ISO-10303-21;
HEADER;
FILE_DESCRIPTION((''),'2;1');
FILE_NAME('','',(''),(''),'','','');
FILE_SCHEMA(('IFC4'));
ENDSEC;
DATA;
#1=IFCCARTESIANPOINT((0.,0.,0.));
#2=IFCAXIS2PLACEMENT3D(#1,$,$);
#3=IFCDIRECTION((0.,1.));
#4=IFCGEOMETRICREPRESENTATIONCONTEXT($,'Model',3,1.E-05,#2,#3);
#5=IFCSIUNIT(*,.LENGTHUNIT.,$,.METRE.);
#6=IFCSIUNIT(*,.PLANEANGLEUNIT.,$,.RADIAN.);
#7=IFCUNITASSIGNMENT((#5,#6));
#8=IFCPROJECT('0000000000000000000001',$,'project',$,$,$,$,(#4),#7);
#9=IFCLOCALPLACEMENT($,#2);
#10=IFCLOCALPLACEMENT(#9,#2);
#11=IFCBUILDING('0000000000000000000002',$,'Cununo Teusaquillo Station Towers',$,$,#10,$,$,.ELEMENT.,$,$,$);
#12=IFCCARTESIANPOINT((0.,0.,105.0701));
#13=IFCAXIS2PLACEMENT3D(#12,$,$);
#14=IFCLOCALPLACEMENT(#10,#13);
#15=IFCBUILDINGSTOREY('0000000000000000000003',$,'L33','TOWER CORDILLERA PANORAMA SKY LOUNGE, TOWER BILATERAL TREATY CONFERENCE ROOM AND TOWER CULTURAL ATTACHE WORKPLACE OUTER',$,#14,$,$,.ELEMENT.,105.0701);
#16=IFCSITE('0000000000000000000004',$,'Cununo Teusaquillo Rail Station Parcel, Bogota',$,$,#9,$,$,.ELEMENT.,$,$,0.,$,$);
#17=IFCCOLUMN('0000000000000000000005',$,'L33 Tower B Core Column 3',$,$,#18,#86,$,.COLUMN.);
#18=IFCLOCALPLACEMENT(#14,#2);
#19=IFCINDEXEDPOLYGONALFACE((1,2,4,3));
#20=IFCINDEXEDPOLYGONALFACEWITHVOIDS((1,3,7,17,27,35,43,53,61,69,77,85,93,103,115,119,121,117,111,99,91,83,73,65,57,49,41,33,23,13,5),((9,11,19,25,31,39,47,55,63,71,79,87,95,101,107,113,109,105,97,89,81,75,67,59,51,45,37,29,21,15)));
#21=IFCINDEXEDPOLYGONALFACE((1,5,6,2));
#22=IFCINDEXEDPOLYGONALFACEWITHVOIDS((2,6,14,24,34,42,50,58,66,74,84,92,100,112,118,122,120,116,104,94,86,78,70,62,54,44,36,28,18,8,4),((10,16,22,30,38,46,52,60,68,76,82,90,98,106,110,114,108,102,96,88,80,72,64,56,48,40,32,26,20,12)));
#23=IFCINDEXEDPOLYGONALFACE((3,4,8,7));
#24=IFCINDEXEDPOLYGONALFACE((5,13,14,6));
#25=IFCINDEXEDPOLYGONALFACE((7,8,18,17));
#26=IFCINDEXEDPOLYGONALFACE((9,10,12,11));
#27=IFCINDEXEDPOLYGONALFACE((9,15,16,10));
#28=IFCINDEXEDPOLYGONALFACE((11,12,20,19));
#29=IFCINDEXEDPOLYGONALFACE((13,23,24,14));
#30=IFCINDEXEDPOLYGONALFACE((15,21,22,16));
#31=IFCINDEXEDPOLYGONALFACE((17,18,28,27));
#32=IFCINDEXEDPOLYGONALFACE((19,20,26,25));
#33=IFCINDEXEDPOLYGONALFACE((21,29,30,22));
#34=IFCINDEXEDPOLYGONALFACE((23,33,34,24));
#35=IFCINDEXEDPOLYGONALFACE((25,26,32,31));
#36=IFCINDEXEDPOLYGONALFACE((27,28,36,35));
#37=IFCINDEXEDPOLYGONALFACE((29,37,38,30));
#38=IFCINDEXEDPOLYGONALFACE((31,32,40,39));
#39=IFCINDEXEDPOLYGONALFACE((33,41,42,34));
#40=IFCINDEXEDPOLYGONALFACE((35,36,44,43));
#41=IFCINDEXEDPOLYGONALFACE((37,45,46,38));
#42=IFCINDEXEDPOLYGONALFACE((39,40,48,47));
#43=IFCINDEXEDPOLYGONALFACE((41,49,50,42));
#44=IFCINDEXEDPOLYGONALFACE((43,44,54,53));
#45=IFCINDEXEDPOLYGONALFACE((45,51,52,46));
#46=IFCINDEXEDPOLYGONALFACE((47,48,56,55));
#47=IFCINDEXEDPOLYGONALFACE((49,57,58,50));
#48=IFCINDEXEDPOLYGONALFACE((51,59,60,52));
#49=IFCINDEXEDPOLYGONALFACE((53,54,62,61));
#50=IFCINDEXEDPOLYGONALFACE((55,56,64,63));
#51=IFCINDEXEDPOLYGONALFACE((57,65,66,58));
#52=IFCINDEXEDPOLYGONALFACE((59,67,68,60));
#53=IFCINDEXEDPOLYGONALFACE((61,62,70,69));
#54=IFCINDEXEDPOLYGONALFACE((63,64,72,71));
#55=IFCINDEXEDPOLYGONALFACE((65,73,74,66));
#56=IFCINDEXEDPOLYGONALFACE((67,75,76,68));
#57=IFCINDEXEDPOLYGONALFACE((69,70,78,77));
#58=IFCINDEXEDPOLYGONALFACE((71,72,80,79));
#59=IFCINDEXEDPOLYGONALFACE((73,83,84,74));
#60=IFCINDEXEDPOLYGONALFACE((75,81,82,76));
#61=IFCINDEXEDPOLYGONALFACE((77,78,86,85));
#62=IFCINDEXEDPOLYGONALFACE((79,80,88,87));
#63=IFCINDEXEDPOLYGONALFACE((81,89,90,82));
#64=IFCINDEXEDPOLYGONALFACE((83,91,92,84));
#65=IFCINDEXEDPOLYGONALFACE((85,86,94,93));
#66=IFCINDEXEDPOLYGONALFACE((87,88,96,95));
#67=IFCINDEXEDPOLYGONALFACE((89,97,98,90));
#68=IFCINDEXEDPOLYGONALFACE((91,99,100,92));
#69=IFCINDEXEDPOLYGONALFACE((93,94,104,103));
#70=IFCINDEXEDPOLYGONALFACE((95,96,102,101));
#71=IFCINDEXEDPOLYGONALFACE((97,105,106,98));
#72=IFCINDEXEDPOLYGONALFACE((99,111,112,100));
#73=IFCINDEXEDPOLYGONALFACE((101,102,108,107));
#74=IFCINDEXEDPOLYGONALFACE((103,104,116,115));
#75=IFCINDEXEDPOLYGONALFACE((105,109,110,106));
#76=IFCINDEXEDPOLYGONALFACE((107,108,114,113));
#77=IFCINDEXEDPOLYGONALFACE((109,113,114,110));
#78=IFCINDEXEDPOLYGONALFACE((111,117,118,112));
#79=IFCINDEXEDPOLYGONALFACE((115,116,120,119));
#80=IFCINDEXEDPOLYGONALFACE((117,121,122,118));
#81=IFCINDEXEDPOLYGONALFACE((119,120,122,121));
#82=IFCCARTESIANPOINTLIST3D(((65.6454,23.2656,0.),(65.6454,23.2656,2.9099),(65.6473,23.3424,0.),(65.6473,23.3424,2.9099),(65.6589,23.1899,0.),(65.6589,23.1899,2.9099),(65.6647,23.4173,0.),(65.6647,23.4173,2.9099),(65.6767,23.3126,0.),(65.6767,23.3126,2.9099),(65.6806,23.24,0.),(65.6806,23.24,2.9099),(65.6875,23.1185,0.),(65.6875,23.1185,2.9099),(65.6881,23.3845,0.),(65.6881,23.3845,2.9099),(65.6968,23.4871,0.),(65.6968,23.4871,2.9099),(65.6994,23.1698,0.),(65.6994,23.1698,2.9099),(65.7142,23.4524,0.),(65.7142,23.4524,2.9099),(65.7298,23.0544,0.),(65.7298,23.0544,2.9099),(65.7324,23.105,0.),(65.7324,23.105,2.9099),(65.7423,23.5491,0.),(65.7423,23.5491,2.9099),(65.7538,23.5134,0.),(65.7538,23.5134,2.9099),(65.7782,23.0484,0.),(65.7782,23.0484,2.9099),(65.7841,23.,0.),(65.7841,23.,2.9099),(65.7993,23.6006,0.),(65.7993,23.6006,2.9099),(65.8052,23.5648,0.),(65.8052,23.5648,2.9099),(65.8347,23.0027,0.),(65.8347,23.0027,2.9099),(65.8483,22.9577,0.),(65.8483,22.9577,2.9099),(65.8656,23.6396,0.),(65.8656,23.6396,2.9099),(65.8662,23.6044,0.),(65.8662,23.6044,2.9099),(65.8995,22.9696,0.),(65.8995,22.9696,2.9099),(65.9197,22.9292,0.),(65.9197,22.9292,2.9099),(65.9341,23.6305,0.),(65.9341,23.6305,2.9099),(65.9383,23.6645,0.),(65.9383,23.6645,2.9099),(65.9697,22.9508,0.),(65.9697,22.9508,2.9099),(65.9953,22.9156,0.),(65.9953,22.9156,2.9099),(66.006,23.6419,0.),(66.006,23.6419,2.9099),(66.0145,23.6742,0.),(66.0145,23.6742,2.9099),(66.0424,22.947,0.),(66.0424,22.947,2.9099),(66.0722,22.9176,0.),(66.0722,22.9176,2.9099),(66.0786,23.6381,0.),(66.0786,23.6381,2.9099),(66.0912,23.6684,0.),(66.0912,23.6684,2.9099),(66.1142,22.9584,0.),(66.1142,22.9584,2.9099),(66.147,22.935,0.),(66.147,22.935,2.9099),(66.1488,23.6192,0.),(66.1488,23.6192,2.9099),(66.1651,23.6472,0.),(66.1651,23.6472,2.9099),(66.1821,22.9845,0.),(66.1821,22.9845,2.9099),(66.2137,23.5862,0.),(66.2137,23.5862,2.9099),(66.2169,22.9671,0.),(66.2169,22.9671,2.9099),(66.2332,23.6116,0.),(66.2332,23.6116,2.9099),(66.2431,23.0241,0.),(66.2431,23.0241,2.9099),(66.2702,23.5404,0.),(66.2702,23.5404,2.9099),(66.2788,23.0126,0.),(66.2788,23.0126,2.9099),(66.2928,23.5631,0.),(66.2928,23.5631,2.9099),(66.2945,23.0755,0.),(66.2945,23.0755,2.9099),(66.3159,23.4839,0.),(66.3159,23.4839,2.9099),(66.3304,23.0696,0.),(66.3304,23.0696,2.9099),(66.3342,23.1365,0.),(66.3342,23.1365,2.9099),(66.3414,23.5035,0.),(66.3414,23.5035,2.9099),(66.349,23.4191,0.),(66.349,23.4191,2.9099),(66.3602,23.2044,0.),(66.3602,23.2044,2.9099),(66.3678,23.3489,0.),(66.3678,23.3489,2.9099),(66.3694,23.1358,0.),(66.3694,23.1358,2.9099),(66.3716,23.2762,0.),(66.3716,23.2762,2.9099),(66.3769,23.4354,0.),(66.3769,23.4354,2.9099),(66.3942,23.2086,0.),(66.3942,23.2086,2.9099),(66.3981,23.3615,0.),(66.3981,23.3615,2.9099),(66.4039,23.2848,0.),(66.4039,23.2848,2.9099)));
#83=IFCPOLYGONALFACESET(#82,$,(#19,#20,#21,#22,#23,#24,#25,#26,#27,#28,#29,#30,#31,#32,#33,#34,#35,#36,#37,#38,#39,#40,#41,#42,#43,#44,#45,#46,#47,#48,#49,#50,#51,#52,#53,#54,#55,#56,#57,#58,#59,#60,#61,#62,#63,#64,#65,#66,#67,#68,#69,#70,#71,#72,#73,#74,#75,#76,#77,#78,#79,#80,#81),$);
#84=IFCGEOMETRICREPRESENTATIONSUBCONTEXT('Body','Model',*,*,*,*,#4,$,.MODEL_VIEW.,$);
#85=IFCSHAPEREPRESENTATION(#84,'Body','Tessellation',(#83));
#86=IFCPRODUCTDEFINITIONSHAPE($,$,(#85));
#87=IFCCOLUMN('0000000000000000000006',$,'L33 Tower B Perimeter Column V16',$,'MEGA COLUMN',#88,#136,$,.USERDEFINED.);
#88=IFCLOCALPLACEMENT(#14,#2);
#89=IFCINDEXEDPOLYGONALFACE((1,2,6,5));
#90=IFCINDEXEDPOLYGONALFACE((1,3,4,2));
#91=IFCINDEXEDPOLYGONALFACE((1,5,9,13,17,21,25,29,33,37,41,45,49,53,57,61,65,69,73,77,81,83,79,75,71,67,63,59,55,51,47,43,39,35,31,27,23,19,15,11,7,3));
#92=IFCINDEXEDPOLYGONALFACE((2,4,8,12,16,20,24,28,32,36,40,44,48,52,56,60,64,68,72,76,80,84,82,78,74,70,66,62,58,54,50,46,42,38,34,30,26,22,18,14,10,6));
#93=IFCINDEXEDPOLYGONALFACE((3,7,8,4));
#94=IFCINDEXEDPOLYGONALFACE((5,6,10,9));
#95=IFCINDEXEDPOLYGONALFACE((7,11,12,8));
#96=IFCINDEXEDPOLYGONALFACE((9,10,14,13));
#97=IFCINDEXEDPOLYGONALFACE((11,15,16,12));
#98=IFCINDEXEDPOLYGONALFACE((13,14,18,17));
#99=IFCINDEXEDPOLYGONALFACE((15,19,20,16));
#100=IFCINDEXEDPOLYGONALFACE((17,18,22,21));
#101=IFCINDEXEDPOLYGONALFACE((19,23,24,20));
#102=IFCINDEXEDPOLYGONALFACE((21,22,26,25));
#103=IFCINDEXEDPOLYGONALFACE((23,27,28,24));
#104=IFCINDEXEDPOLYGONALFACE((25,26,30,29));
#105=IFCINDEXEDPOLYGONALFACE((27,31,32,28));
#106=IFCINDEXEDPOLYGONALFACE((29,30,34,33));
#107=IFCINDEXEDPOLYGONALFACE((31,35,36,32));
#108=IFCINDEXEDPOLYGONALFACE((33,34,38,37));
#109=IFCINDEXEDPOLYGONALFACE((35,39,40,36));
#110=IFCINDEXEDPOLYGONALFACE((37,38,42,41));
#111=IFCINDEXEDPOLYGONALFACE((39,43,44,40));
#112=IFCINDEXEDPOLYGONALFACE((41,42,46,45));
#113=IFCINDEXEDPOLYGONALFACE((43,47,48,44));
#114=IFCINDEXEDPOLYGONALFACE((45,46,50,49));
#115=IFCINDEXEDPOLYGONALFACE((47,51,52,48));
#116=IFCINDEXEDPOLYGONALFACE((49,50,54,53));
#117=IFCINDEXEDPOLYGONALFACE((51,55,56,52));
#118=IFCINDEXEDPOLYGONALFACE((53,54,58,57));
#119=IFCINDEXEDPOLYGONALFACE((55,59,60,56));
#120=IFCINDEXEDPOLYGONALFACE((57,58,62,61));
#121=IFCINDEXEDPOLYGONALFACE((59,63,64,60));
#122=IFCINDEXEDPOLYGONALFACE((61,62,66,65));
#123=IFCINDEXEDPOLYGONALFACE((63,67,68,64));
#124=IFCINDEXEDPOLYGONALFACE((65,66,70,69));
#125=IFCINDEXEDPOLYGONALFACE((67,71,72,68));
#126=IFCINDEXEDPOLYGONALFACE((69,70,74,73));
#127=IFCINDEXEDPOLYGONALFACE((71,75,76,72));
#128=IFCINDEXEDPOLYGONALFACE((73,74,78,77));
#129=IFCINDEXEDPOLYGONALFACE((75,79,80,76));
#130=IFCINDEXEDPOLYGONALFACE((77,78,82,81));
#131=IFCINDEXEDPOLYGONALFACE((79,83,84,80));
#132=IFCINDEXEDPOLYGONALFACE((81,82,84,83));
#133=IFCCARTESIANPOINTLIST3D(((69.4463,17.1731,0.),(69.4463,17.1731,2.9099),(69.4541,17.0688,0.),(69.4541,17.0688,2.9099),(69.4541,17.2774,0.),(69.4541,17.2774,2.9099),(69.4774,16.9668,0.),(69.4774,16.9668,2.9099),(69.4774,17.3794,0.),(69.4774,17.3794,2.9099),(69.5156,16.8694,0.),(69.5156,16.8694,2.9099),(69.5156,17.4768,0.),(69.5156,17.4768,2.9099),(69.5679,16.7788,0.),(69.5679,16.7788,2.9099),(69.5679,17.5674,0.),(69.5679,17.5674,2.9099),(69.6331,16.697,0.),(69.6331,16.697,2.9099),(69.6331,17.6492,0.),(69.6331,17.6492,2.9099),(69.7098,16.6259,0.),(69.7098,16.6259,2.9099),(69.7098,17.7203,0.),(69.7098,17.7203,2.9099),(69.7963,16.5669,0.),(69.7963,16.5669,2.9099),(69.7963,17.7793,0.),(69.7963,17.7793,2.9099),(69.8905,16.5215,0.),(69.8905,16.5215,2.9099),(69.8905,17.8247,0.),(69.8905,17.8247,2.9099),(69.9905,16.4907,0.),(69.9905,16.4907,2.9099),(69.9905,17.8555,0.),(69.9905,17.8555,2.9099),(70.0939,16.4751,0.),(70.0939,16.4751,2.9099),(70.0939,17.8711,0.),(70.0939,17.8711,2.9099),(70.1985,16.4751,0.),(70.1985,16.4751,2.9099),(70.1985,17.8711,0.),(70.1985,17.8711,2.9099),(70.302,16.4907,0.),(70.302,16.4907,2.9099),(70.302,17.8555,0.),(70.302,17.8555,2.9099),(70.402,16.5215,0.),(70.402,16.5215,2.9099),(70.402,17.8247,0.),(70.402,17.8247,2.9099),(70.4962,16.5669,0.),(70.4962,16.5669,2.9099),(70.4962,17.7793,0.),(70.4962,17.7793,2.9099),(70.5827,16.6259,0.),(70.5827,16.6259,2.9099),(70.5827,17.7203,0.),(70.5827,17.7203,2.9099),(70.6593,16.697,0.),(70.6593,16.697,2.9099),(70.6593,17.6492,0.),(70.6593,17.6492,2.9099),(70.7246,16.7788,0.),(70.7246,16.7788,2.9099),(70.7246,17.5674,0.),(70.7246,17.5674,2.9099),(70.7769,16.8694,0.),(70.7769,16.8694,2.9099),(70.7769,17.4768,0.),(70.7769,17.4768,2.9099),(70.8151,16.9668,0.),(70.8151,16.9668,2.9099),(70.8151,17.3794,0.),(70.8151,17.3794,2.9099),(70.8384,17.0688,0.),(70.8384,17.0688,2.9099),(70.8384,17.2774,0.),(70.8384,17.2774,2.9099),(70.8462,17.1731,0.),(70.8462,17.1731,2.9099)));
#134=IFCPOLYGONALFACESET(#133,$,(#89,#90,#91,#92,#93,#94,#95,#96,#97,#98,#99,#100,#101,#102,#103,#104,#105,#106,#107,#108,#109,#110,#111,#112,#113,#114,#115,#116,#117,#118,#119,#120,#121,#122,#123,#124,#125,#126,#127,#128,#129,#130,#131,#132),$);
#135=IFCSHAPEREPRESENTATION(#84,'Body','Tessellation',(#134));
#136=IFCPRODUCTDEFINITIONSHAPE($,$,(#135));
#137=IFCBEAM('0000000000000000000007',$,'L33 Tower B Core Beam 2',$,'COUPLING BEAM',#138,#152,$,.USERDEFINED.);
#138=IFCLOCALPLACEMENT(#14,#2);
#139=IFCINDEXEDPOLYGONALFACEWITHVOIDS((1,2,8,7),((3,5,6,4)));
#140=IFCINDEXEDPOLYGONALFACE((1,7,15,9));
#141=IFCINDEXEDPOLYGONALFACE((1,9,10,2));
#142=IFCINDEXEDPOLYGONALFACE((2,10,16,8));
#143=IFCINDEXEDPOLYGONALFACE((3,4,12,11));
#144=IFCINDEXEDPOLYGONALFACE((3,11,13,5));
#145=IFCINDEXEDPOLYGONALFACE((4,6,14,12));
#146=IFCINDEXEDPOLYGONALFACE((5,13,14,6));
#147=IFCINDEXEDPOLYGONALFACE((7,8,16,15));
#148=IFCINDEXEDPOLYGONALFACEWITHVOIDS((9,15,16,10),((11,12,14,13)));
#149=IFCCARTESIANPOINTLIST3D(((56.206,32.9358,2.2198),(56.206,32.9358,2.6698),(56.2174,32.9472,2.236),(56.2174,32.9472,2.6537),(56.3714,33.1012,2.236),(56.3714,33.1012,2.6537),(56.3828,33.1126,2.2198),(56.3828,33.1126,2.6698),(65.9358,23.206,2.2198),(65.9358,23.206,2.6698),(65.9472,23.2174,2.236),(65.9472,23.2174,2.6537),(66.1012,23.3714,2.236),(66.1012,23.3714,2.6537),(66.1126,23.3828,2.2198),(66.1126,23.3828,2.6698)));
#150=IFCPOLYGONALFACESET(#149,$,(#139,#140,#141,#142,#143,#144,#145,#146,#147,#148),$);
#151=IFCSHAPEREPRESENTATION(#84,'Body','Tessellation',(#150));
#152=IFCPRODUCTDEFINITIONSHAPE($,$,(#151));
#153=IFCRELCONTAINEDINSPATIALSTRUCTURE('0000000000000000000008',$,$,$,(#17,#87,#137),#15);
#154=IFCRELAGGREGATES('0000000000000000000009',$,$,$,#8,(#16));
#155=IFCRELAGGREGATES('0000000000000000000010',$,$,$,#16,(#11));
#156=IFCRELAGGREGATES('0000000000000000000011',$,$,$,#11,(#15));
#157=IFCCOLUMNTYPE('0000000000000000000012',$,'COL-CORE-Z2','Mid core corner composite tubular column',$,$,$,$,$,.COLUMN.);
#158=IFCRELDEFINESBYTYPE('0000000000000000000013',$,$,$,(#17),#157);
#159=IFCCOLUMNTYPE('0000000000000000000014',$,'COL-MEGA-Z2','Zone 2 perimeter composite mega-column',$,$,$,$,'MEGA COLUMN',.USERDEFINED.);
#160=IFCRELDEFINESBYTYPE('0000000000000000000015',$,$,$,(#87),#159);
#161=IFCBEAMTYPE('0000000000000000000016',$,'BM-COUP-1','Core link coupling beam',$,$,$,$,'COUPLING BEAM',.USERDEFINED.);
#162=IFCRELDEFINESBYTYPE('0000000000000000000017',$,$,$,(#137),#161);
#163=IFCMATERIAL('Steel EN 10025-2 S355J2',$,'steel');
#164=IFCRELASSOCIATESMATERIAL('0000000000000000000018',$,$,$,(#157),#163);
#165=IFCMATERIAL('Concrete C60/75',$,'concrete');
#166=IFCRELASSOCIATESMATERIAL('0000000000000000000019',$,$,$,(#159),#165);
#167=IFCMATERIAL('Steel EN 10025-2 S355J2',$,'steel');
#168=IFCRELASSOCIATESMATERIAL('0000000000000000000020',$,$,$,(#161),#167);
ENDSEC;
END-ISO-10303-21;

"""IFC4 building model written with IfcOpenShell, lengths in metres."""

from ifc_helpers import new_model, si_unit, direction, frame, origin, origin_2d, place, context, subcontext, project, spatial, hollow_rectangle, circle, hollow_circle, extrude, material, material_profile, profile_set, type_object, element, save


model = new_model("IFC4")

# Units and contexts
model_context = context("Model", 3, precision=1e-05, world=origin(), true_north=direction((0.0, 1.0)))
body_context = subcontext(model_context, "Body", "Model", "MODEL_VIEW")
ifc_project = project(units=[si_unit("LENGTHUNIT", "METRE"), si_unit("PLANEANGLEUNIT", "RADIAN")], contexts=[model_context])

# Site, building, storey
site_placement = place(None, origin())
site = spatial("IfcSite", under=ifc_project, at=site_placement, Name="Cununo Teusaquillo Rail Station Parcel, Bogota", CompositionType="ELEMENT", RefElevation=0.0)
building_placement = place(site_placement, origin())
building = spatial("IfcBuilding", under=site, at=building_placement, Name="Cununo Teusaquillo Station Towers", CompositionType="ELEMENT")
storey_placement = place(building_placement, frame((0.0, 0.0, 105.0701)))
storey = spatial("IfcBuildingStorey", under=building, at=storey_placement, Name="L33", Description="TOWER CORDILLERA PANORAMA SKY LOUNGE, TOWER BILATERAL TREATY CONFERENCE ROOM AND TOWER CULTURAL ATTACHE WORKPLACE OUTER", CompositionType="ELEMENT", Elevation=105.0701)

# Columns
ifc_material_1 = material(Name="Steel EN 10025-2 S355J2", Category="steel")
ifc_material_profile_1 = material_profile(ifc_material_1, hollow_circle(Radius=0.3799, WallThickness=0.032, at=origin_2d()), Name="CHS 760x32")
ifc_profile_set_1 = profile_set([ifc_material_profile_1], Name="Steel EN 10025-2 S355J2")
column_type_1 = type_object("IfcColumnType", Name="COL-CORE-Z2", Description="Mid core corner composite tubular column", PredefinedType="COLUMN", material=ifc_profile_set_1)
column_1_placement = place(storey_placement, frame((66.0242, 23.2944, 0.0), z_axis=(0.0, 0.0, 1.0), x_axis=(0.707107, 0.707107, 0.0)))
element("IfcColumn", 1, at=column_1_placement, inside=storey, type_object=column_type_1, Name="L33 Tower B Core Column 3", PredefinedType="COLUMN", context=body_context, shape_type="SweptSolid", body=[
    extrude(hollow_circle(Radius=0.3799, WallThickness=0.032, at=origin_2d()), origin(), (0.0, 0.0, 1.0), 2.9099),
])
ifc_material_2 = material(Name="Concrete C60/75", Category="concrete")
ifc_material_profile_2 = material_profile(ifc_material_2, circle(Radius=0.7, at=origin_2d()), Name="RC-CIRC-1400")
ifc_profile_set_2 = profile_set([ifc_material_profile_2], Name="Concrete C60/75")
column_type_2 = type_object("IfcColumnType", Name="COL-MEGA-Z2", Description="Zone 2 perimeter composite mega-column", ElementType="MEGA COLUMN", PredefinedType="USERDEFINED", material=ifc_profile_set_2)
column_2_placement = place(storey_placement, frame((70.1462, 17.1731, 0.0), z_axis=(0.0, 0.0, 1.0), x_axis=(1.0, 0.0, 0.0)))
element("IfcColumn", 2, at=column_2_placement, inside=storey, type_object=column_type_2, Name="L33 Tower B Perimeter Column V16", ObjectType="MEGA COLUMN", PredefinedType="USERDEFINED", context=body_context, shape_type="SweptSolid", body=[
    extrude(circle(Radius=0.7, at=origin_2d()), origin(), (0.0, 0.0, 1.0), 2.9099),
])

# Beam
ifc_material_3 = material(Name="Steel EN 10025-2 S355J2", Category="steel")
ifc_material_profile_3 = material_profile(ifc_material_3, hollow_rectangle(XDim=0.25, YDim=0.45, WallThickness=0.0161, at=origin_2d()), Name="RHS 450x250x16")
ifc_profile_set_3 = profile_set([ifc_material_profile_3], Name="Steel EN 10025-2 S355J2")
beam_type_1 = type_object("IfcBeamType", Name="BM-COUP-1", Description="Core link coupling beam", ElementType="COUPLING BEAM", PredefinedType="USERDEFINED", material=ifc_profile_set_3)
beam_1_placement = place(storey_placement, frame((66.0242, 23.2944, 2.4448), z_axis=(-0.707107, 0.707107, 0.0), x_axis=(-0.707107, -0.707107, 0.0)))
element("IfcBeam", 3, at=beam_1_placement, inside=storey, type_object=beam_type_1, Name="L33 Tower B Core Beam 2", ObjectType="COUPLING BEAM", PredefinedType="USERDEFINED", context=body_context, shape_type="SweptSolid", body=[
    extrude(hollow_rectangle(XDim=0.25, YDim=0.45, WallThickness=0.0161, at=origin_2d()), origin(), (0.0, 0.0, 1.0), 13.76),
])

save(model, "model.ifc")
